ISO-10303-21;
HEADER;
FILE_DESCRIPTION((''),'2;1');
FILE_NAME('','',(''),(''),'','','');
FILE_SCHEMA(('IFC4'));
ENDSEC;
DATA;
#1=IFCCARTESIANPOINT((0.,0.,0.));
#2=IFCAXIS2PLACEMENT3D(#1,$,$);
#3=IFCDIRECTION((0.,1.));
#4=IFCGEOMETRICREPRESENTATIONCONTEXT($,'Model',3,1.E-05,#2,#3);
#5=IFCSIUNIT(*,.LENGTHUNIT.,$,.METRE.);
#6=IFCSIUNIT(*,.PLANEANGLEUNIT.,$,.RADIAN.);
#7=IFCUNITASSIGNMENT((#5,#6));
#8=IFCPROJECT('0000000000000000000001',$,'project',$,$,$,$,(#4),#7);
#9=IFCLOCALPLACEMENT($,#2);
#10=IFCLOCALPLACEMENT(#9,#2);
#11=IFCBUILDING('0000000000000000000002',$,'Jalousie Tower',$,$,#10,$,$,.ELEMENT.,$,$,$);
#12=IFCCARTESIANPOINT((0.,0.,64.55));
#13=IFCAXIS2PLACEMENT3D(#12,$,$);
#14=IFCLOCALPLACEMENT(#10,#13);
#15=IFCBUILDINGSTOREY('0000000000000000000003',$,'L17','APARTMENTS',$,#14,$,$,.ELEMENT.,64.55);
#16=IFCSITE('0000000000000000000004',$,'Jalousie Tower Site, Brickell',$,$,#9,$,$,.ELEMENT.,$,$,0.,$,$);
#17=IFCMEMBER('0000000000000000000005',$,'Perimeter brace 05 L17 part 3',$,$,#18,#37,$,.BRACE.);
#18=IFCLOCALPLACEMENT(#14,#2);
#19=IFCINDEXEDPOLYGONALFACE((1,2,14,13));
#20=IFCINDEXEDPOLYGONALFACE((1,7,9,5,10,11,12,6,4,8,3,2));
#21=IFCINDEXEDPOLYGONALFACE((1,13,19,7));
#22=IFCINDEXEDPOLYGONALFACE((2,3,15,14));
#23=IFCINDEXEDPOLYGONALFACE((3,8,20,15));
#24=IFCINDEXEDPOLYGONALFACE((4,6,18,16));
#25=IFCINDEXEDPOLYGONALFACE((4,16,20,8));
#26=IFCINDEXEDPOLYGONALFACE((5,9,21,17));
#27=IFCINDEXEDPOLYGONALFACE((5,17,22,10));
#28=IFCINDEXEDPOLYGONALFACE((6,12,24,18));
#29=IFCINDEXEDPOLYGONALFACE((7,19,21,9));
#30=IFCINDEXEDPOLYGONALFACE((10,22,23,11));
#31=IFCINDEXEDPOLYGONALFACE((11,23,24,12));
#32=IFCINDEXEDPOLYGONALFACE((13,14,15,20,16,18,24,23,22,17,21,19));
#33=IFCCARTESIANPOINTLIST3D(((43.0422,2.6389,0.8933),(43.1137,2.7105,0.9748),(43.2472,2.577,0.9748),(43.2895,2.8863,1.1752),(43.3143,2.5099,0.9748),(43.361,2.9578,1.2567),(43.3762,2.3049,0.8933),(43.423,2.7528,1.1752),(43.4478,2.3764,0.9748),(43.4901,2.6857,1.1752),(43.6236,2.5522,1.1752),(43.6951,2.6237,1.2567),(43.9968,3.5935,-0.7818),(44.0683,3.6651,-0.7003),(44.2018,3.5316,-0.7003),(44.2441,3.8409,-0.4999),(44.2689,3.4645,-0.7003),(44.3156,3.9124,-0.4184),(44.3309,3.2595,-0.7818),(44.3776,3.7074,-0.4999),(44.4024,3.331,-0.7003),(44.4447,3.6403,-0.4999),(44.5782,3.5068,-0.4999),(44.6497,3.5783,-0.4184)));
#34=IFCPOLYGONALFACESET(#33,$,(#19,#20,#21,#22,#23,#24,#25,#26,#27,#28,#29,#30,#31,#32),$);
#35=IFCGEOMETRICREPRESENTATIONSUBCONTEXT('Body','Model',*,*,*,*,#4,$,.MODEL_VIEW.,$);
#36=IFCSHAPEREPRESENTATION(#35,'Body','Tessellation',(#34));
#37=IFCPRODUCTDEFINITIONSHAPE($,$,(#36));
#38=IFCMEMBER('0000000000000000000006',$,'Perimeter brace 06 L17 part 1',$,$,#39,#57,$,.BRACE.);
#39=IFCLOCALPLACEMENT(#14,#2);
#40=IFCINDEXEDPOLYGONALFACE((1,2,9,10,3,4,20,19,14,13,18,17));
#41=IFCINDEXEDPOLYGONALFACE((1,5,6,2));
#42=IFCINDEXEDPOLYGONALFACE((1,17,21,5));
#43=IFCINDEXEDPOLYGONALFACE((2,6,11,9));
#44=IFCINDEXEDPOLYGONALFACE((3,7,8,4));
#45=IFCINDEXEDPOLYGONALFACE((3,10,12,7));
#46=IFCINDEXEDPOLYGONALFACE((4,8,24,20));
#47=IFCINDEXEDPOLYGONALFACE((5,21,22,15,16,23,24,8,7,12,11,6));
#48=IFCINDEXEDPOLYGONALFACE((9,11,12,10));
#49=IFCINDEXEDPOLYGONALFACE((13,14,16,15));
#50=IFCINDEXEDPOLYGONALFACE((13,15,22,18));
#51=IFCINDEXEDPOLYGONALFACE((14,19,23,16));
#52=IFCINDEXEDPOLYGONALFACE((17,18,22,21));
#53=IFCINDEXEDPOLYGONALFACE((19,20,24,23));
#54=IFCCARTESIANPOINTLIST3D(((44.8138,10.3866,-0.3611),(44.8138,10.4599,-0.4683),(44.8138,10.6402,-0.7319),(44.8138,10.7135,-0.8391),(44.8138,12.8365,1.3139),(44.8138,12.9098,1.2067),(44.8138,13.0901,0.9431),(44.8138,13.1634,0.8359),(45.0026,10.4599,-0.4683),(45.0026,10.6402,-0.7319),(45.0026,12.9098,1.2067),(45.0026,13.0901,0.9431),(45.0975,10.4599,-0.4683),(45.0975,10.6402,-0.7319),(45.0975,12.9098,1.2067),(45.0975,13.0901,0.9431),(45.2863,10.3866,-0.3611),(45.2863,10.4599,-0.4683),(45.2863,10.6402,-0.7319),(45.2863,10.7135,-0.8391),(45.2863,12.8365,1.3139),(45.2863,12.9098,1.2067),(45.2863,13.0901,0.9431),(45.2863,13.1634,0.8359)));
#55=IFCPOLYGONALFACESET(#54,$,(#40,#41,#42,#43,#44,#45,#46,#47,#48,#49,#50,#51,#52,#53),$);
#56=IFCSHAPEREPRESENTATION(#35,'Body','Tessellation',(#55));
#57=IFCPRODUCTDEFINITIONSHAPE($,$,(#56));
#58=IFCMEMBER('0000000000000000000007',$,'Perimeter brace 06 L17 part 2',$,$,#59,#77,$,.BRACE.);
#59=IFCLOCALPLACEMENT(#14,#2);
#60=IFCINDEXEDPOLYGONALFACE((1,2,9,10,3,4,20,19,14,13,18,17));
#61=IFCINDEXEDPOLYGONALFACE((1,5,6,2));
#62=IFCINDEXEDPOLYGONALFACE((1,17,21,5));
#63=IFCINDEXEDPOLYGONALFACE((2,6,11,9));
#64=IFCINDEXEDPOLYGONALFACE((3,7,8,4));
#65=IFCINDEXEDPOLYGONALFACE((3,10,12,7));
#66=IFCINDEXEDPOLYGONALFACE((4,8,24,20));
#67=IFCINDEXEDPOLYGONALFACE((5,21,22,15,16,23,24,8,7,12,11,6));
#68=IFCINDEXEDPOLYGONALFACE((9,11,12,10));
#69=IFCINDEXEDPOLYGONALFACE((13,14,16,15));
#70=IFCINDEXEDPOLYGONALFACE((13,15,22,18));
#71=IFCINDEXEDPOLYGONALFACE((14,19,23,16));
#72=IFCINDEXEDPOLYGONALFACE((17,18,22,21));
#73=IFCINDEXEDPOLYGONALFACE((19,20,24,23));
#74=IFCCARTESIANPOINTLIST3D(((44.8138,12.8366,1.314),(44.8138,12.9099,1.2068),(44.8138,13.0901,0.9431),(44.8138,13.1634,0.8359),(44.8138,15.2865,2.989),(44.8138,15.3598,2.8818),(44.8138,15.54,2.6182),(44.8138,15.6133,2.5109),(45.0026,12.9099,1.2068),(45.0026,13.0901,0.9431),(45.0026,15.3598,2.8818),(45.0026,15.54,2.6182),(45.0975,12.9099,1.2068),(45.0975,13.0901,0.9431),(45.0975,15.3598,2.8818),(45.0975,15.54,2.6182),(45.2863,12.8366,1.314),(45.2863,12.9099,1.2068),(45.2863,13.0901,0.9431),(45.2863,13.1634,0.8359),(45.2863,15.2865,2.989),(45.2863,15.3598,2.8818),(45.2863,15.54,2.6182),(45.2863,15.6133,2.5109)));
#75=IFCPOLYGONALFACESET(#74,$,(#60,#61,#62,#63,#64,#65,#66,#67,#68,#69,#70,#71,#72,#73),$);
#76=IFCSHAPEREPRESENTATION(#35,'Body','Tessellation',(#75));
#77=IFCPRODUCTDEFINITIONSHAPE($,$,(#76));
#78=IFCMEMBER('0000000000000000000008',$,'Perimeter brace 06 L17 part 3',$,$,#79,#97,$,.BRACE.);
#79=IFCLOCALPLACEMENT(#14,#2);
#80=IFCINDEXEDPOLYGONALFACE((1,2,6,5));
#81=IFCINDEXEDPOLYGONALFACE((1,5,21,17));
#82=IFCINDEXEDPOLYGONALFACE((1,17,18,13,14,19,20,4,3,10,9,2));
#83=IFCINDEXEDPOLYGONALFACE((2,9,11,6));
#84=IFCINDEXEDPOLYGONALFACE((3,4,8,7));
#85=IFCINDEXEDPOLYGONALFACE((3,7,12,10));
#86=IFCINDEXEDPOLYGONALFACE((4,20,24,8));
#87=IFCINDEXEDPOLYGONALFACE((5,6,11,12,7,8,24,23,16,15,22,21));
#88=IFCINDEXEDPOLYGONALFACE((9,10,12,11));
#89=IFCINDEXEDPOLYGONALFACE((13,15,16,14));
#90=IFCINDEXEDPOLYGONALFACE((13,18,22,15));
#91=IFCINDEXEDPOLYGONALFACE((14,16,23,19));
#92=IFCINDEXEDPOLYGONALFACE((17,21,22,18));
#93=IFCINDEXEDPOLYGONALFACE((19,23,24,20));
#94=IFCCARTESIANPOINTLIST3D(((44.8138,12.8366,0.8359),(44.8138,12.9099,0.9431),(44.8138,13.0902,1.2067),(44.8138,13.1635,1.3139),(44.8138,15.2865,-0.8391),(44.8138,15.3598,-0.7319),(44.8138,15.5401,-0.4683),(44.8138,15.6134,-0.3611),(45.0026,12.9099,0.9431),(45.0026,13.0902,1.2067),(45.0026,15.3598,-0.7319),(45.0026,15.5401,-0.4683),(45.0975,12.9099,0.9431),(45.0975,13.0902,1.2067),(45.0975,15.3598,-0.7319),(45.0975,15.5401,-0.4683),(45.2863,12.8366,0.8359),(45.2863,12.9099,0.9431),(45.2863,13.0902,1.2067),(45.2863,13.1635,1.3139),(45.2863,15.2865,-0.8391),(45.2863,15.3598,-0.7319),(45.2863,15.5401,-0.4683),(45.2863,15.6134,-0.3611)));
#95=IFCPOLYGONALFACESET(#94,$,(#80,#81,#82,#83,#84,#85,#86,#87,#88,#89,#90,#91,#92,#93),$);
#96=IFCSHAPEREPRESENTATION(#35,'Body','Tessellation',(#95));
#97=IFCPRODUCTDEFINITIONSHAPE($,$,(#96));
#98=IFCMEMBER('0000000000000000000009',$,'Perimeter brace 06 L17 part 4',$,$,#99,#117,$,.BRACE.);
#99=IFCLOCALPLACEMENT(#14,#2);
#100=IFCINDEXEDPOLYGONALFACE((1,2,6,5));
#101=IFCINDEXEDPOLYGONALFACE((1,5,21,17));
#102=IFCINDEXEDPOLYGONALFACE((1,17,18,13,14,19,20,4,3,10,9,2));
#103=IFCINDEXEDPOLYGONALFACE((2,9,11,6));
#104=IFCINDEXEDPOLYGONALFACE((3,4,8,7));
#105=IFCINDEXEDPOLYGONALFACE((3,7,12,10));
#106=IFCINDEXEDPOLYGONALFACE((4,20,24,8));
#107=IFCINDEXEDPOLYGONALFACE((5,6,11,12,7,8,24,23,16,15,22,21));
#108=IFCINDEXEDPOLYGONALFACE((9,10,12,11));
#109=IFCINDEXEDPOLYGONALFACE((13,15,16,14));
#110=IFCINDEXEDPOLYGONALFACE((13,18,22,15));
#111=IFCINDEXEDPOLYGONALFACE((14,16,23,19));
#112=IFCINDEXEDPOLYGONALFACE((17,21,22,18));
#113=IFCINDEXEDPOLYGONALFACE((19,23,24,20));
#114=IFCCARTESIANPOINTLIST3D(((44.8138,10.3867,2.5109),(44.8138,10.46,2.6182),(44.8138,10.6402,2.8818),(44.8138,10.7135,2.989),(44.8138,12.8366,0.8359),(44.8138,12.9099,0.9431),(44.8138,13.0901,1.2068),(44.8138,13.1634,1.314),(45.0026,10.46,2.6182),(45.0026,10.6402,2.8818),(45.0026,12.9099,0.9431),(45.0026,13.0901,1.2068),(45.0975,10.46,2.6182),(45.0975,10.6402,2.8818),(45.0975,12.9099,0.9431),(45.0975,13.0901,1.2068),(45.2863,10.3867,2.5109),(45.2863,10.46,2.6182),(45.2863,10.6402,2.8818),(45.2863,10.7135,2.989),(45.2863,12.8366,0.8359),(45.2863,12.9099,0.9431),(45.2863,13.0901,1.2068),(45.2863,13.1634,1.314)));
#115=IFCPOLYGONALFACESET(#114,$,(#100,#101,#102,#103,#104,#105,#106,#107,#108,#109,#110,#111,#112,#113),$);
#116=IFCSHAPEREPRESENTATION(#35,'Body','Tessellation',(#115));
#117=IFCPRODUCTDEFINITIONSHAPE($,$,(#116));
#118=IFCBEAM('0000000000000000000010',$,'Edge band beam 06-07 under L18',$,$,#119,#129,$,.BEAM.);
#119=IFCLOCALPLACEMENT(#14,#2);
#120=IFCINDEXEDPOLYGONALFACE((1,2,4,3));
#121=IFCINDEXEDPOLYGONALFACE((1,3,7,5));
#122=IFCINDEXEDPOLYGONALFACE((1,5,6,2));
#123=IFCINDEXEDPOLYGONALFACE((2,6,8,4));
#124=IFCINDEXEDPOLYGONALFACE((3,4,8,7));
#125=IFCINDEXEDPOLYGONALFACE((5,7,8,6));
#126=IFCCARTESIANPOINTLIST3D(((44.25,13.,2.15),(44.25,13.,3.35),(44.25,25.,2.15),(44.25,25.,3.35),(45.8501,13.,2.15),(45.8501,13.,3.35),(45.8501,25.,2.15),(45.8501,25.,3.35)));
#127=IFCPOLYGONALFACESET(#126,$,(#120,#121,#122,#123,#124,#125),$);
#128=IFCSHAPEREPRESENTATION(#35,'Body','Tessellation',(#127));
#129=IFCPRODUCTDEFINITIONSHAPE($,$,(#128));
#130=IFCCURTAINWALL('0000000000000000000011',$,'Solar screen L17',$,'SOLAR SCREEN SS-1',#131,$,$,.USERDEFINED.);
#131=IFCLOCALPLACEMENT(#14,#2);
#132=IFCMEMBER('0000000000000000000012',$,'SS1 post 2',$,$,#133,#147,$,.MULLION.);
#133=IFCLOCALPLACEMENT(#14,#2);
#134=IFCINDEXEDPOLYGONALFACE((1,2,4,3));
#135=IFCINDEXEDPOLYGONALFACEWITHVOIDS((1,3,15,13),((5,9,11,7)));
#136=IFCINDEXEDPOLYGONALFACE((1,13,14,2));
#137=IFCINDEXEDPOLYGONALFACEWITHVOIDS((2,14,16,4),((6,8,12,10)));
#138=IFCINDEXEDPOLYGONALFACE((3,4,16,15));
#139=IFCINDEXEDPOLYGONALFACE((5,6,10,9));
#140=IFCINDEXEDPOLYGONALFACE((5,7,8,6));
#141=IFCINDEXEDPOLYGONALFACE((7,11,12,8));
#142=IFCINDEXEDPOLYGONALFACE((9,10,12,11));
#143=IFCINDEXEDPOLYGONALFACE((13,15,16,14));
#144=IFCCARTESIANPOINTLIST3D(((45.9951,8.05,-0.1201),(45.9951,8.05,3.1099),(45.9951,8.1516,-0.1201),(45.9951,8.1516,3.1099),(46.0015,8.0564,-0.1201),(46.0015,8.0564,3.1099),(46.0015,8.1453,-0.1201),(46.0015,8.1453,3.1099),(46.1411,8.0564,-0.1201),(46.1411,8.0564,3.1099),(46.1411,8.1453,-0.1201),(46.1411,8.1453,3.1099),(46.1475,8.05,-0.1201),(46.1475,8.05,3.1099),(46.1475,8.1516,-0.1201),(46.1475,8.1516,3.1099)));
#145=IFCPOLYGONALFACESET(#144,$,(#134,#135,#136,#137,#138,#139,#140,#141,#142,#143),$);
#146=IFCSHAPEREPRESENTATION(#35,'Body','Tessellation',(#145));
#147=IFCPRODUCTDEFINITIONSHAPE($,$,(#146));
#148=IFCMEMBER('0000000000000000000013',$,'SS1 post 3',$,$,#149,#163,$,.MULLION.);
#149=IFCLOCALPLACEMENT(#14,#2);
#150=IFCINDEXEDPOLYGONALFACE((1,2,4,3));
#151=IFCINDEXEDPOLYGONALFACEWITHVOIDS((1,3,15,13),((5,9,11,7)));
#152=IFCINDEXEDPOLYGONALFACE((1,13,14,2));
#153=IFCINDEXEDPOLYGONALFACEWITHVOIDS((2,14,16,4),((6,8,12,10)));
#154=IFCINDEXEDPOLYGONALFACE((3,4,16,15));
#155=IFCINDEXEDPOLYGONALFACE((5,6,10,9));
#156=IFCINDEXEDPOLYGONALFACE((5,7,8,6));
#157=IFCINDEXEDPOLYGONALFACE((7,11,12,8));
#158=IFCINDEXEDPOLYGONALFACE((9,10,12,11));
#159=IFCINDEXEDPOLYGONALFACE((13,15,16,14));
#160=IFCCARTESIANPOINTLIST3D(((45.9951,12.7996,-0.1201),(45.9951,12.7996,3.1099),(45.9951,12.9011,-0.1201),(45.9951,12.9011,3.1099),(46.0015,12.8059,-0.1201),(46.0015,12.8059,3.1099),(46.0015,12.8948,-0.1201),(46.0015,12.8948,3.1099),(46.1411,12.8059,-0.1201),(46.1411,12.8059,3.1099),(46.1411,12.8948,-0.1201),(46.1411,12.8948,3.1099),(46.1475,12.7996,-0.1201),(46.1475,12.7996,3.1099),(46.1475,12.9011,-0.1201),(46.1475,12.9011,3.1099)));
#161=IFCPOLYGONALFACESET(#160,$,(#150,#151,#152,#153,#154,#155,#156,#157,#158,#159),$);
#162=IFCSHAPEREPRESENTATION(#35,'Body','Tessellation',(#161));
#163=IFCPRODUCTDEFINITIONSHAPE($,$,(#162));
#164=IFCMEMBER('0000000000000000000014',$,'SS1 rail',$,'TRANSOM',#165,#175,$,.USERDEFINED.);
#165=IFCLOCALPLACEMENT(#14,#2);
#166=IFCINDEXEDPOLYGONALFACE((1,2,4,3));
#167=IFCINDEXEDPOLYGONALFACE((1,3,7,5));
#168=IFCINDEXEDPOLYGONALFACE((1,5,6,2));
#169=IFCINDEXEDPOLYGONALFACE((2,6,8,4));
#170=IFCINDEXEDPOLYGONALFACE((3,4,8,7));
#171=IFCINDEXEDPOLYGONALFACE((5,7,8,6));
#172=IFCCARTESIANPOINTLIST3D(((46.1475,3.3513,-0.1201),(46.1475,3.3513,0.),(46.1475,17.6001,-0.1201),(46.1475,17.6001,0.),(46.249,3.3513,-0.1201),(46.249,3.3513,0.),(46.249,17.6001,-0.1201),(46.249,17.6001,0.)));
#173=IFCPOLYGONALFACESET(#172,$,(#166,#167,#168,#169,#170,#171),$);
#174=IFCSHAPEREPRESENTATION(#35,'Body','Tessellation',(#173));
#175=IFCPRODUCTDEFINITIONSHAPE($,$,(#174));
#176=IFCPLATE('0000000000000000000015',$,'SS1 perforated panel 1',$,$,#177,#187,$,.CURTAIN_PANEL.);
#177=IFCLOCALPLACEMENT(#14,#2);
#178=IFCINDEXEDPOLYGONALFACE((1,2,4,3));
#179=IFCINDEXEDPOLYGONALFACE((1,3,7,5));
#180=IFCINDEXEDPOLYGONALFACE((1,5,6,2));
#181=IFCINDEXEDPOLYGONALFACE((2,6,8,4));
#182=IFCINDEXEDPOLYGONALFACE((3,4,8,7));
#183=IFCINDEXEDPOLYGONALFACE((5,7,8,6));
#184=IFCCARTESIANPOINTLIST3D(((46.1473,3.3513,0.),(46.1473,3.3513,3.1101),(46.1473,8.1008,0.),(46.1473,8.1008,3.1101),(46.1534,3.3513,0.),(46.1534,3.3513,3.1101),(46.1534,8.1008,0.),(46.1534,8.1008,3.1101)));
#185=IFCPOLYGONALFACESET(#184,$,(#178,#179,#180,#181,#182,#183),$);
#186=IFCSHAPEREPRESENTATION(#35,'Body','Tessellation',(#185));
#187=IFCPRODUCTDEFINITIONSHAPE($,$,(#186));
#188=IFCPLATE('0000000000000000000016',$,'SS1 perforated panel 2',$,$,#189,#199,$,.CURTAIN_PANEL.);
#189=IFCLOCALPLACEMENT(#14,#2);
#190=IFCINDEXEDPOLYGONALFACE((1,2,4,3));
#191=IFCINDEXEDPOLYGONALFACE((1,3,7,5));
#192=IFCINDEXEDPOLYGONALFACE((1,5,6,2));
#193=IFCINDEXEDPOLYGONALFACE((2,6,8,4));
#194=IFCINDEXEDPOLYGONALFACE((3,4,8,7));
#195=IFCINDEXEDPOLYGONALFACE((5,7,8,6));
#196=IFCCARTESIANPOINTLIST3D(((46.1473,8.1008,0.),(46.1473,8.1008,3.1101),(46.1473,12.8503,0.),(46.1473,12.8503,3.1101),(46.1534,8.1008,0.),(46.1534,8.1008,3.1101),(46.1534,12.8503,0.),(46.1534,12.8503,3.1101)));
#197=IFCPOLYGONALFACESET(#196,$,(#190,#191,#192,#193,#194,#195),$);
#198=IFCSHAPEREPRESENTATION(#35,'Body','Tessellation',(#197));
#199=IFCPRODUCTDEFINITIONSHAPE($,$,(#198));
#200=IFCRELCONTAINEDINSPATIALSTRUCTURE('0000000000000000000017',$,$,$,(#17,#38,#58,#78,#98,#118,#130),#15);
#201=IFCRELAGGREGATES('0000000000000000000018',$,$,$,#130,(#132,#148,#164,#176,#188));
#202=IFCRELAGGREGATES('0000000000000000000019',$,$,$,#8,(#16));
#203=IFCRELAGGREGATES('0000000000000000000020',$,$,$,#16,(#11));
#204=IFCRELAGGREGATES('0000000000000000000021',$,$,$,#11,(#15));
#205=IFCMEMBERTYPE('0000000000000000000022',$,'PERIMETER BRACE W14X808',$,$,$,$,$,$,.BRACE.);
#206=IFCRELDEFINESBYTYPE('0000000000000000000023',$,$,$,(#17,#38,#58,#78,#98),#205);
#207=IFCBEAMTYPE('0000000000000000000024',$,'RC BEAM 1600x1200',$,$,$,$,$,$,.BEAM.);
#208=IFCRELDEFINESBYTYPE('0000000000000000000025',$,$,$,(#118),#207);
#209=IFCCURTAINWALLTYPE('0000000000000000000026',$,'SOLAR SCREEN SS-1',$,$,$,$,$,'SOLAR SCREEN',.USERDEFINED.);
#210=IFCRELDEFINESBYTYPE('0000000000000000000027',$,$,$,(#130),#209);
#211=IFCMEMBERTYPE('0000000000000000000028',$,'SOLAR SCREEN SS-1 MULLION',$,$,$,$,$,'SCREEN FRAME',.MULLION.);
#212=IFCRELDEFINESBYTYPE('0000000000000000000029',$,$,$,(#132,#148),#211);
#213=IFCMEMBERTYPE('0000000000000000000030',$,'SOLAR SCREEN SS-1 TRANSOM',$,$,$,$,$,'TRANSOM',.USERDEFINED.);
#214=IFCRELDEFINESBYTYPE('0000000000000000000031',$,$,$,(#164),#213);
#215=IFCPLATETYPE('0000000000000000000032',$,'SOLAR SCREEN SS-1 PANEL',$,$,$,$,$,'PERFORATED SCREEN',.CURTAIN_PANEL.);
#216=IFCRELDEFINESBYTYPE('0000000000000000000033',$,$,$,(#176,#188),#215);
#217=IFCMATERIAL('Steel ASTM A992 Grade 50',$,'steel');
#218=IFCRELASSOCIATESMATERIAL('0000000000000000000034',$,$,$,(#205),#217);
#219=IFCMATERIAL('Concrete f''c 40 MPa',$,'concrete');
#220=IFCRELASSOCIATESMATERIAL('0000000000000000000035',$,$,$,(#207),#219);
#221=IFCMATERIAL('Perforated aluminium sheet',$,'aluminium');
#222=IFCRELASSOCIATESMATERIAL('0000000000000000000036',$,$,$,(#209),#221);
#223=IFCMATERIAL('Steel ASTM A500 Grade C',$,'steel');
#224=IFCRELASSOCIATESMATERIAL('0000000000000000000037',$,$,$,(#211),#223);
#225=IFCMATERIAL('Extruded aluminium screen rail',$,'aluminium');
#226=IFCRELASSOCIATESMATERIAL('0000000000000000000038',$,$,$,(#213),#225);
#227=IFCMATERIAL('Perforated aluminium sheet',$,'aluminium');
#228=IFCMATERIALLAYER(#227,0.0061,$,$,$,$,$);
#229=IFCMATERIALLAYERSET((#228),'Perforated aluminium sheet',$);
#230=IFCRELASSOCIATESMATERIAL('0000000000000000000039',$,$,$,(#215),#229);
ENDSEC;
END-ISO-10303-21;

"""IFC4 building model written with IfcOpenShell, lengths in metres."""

from ifc_helpers import new_model, si_unit, direction, frame, origin, origin_2d, place, context, subcontext, project, spatial, rectangle, hollow_rectangle, i_section, extrude, material, layer, layer_set, material_profile, profile_set, type_object, element, aggregate, save


model = new_model("IFC4")

# Units and contexts
model_context = context("Model", 3, precision=1e-05, world=origin(), true_north=direction((0.0, 1.0)))
body_context = subcontext(model_context, "Body", "Model", "MODEL_VIEW")
ifc_project = project(units=[si_unit("LENGTHUNIT", "METRE"), si_unit("PLANEANGLEUNIT", "RADIAN")], contexts=[model_context])

# Site, building, storey
site_placement = place(None, origin())
site = spatial("IfcSite", under=ifc_project, at=site_placement, Name="Jalousie Tower Site, Brickell", CompositionType="ELEMENT", RefElevation=0.0)
building_placement = place(site_placement, origin())
building = spatial("IfcBuilding", under=site, at=building_placement, Name="Jalousie Tower", CompositionType="ELEMENT")
storey_placement = place(building_placement, frame((0.0, 0.0, 64.55)))
storey = spatial("IfcBuildingStorey", under=building, at=storey_placement, Name="L17", Description="APARTMENTS", CompositionType="ELEMENT", Elevation=64.55)

# Members
ifc_material_1 = material(Name="Steel ASTM A992 Grade 50", Category="steel")
ifc_material_profile_1 = material_profile(ifc_material_1, i_section(OverallWidth=0.4724, OverallDepth=0.5791, WebThickness=0.095, FlangeThickness=0.1299, at=origin_2d()), Name="W14X808")
ifc_profile_set_1 = profile_set([ifc_material_profile_1], Name="Steel ASTM A992 Grade 50")
member_type_1 = type_object("IfcMemberType", Name="PERIMETER BRACE W14X808", PredefinedType="BRACE", material=ifc_profile_set_1)
member_1_placement = place(storey_placement, frame((44.3232, 3.5859, -0.6001), z_axis=(-0.443718, -0.443718, 0.778607), x_axis=(0.707107, -0.707107, 0.0)))
element("IfcMember", 1, at=member_1_placement, inside=storey, type_object=member_type_1, Name="Perimeter brace 05 L17 part 3", PredefinedType="BRACE", context=body_context, shape_type="SweptSolid", body=[
    extrude(i_section(OverallWidth=0.4724, OverallDepth=0.5791, WebThickness=0.095, FlangeThickness=0.1299, at=origin_2d()), origin(), (0.0, 0.0, 1.0), 2.1514),
])
for number, where, z_axis, x_axis, name in (
    (2, (45.05, 10.55, -0.6001), (0.0, 0.825501, 0.564401), (-1.0, 0.0, 0.0), "Perimeter brace 06 L17 part 1"),
    (3, (45.05, 13.0, 1.075), (0.0, 0.825501, 0.564401), (-1.0, 0.0, 0.0), "Perimeter brace 06 L17 part 2"),
    (4, (45.05, 15.45, -0.6001), (0.0, -0.825501, 0.564401), (1.0, 0.0, 0.0), "Perimeter brace 06 L17 part 3"),
    (5, (45.05, 13.0, 1.075), (0.0, -0.825501, 0.564401), (1.0, 0.0, 0.0), "Perimeter brace 06 L17 part 4"),
):
    element("IfcMember", number, at=place(storey_placement, frame(where, z_axis=z_axis, x_axis=x_axis)), inside=storey, type_object=member_type_1, Name=name, PredefinedType="BRACE", context=body_context, shape_type="SweptSolid", body=[
        extrude(i_section(OverallWidth=0.4724, OverallDepth=0.5791, WebThickness=0.095, FlangeThickness=0.1299, at=origin_2d()), origin(), (0.0, 0.0, 1.0), 2.9678),
    ])

# Beam
ifc_material_2 = material(Name="Concrete f'c 40 MPa", Category="concrete")
ifc_material_profile_2 = material_profile(ifc_material_2, rectangle(XDim=1.6001, YDim=1.2, at=origin_2d()), Name="RC 1600x1200")
ifc_profile_set_2 = profile_set([ifc_material_profile_2], Name="Concrete f'c 40 MPa")
beam_type = type_object("IfcBeamType", Name="RC BEAM 1600x1200", PredefinedType="BEAM", material=ifc_profile_set_2)
beam_placement = place(storey_placement, frame((45.05, 13.0, 2.75), z_axis=(0.0, 1.0, 0.0), x_axis=(-1.0, 0.0, 0.0)))
element("IfcBeam", 6, at=beam_placement, inside=storey, type_object=beam_type, Name="Edge band beam 06-07 under L18", PredefinedType="BEAM", context=body_context, shape_type="SweptSolid", body=[
    extrude(rectangle(XDim=1.6001, YDim=1.2, at=origin_2d()), origin(), (0.0, 0.0, 1.0), 12.0),
])

# Curtain wall, members, plates
ifc_material_3 = material(Name="Perforated aluminium sheet", Category="aluminium")
curtain_wall_type = type_object("IfcCurtainWallType", Name="SOLAR SCREEN SS-1", ElementType="SOLAR SCREEN", PredefinedType="USERDEFINED", material=ifc_material_3)
curtain_wall_placement = place(storey_placement, origin())
curtain_wall = element("IfcCurtainWall", 7, at=curtain_wall_placement, inside=storey, type_object=curtain_wall_type, Name="Solar screen L17", ObjectType="SOLAR SCREEN SS-1", PredefinedType="USERDEFINED")
ifc_material_4 = material(Name="Steel ASTM A500 Grade C", Category="steel")
ifc_material_profile_3 = material_profile(ifc_material_4, hollow_rectangle(XDim=0.1016, YDim=0.1523, WallThickness=0.0063, at=origin_2d()), Name="HSS6X4X1/4")
ifc_profile_set_3 = profile_set([ifc_material_profile_3], Name="Steel ASTM A500 Grade C")
member_type_2 = type_object("IfcMemberType", Name="SOLAR SCREEN SS-1 MULLION", ElementType="SCREEN FRAME", PredefinedType="MULLION", material=ifc_profile_set_3)
member_2_placement = place(storey_placement, frame((46.0713, 8.1008, -0.1201), z_axis=(0.0, 0.0, 1.0), x_axis=(0.0, 1.0, 0.0)))
member_2 = element("IfcMember", 8, at=member_2_placement, type_object=member_type_2, Name="SS1 post 2", PredefinedType="MULLION", context=body_context, shape_type="SweptSolid", body=[
    extrude(hollow_rectangle(XDim=0.1016, YDim=0.1523, WallThickness=0.0063, at=origin_2d()), origin(), (0.0, 0.0, 1.0), 3.23),
])
member_3_placement = place(storey_placement, frame((46.0713, 12.8503, -0.1201), z_axis=(0.0, 0.0, 1.0), x_axis=(0.0, 1.0, 0.0)))
member_3 = element("IfcMember", 9, at=member_3_placement, type_object=member_type_2, Name="SS1 post 3", PredefinedType="MULLION", context=body_context, shape_type="SweptSolid", body=[
    extrude(hollow_rectangle(XDim=0.1016, YDim=0.1523, WallThickness=0.0063, at=origin_2d()), origin(), (0.0, 0.0, 1.0), 3.23),
])
ifc_material_5 = material(Name="Extruded aluminium screen rail", Category="aluminium")
ifc_material_profile_4 = material_profile(ifc_material_5, rectangle(XDim=0.1016, YDim=0.1201, at=origin_2d()), Name="RAIL 102x120")
ifc_profile_set_4 = profile_set([ifc_material_profile_4], Name="Extruded aluminium screen rail")
member_type_3 = type_object("IfcMemberType", Name="SOLAR SCREEN SS-1 TRANSOM", ElementType="TRANSOM", PredefinedType="USERDEFINED", material=ifc_profile_set_4)
member_4_placement = place(storey_placement, frame((46.1982, 3.3513, -0.0601), z_axis=(0.0, 1.0, 0.0), x_axis=(-1.0, 0.0, 0.0)))
member_4 = element("IfcMember", 10, at=member_4_placement, type_object=member_type_3, Name="SS1 rail", ObjectType="TRANSOM", PredefinedType="USERDEFINED", context=body_context, shape_type="SweptSolid", body=[
    extrude(rectangle(XDim=0.1016, YDim=0.1201, at=origin_2d()), origin(), (0.0, 0.0, 1.0), 14.2488),
])
ifc_material_6 = material(Name="Perforated aluminium sheet", Category="aluminium")
ifc_layer_1 = layer(ifc_material_6, 0.0061)
ifc_layer_set_1 = layer_set([ifc_layer_1], Name="Perforated aluminium sheet")
plate_type = type_object("IfcPlateType", Name="SOLAR SCREEN SS-1 PANEL", ElementType="PERFORATED SCREEN", PredefinedType="CURTAIN_PANEL", material=ifc_layer_set_1)
plate_1_placement = place(storey_placement, frame((46.1504, 5.7261, 0.0), z_axis=(0.0, 0.0, 1.0), x_axis=(0.0, 1.0, 0.0)))
plate_1 = element("IfcPlate", 11, at=plate_1_placement, type_object=plate_type, Name="SS1 perforated panel 1", PredefinedType="CURTAIN_PANEL", context=body_context, shape_type="SweptSolid", body=[
    extrude(rectangle(XDim=4.7495, YDim=0.0061, at=origin_2d()), origin(), (0.0, 0.0, 1.0), 3.1101),
])
plate_2_placement = place(storey_placement, frame((46.1504, 10.4756, 0.0), z_axis=(0.0, 0.0, 1.0), x_axis=(0.0, 1.0, 0.0)))
plate_2 = element("IfcPlate", 12, at=plate_2_placement, type_object=plate_type, Name="SS1 perforated panel 2", PredefinedType="CURTAIN_PANEL", context=body_context, shape_type="SweptSolid", body=[
    extrude(rectangle(XDim=4.7495, YDim=0.0061, at=origin_2d()), origin(), (0.0, 0.0, 1.0), 3.1101),
])
aggregate(curtain_wall, [member_2, member_3, member_4, plate_1, plate_2])

save(model, "model.ifc")
